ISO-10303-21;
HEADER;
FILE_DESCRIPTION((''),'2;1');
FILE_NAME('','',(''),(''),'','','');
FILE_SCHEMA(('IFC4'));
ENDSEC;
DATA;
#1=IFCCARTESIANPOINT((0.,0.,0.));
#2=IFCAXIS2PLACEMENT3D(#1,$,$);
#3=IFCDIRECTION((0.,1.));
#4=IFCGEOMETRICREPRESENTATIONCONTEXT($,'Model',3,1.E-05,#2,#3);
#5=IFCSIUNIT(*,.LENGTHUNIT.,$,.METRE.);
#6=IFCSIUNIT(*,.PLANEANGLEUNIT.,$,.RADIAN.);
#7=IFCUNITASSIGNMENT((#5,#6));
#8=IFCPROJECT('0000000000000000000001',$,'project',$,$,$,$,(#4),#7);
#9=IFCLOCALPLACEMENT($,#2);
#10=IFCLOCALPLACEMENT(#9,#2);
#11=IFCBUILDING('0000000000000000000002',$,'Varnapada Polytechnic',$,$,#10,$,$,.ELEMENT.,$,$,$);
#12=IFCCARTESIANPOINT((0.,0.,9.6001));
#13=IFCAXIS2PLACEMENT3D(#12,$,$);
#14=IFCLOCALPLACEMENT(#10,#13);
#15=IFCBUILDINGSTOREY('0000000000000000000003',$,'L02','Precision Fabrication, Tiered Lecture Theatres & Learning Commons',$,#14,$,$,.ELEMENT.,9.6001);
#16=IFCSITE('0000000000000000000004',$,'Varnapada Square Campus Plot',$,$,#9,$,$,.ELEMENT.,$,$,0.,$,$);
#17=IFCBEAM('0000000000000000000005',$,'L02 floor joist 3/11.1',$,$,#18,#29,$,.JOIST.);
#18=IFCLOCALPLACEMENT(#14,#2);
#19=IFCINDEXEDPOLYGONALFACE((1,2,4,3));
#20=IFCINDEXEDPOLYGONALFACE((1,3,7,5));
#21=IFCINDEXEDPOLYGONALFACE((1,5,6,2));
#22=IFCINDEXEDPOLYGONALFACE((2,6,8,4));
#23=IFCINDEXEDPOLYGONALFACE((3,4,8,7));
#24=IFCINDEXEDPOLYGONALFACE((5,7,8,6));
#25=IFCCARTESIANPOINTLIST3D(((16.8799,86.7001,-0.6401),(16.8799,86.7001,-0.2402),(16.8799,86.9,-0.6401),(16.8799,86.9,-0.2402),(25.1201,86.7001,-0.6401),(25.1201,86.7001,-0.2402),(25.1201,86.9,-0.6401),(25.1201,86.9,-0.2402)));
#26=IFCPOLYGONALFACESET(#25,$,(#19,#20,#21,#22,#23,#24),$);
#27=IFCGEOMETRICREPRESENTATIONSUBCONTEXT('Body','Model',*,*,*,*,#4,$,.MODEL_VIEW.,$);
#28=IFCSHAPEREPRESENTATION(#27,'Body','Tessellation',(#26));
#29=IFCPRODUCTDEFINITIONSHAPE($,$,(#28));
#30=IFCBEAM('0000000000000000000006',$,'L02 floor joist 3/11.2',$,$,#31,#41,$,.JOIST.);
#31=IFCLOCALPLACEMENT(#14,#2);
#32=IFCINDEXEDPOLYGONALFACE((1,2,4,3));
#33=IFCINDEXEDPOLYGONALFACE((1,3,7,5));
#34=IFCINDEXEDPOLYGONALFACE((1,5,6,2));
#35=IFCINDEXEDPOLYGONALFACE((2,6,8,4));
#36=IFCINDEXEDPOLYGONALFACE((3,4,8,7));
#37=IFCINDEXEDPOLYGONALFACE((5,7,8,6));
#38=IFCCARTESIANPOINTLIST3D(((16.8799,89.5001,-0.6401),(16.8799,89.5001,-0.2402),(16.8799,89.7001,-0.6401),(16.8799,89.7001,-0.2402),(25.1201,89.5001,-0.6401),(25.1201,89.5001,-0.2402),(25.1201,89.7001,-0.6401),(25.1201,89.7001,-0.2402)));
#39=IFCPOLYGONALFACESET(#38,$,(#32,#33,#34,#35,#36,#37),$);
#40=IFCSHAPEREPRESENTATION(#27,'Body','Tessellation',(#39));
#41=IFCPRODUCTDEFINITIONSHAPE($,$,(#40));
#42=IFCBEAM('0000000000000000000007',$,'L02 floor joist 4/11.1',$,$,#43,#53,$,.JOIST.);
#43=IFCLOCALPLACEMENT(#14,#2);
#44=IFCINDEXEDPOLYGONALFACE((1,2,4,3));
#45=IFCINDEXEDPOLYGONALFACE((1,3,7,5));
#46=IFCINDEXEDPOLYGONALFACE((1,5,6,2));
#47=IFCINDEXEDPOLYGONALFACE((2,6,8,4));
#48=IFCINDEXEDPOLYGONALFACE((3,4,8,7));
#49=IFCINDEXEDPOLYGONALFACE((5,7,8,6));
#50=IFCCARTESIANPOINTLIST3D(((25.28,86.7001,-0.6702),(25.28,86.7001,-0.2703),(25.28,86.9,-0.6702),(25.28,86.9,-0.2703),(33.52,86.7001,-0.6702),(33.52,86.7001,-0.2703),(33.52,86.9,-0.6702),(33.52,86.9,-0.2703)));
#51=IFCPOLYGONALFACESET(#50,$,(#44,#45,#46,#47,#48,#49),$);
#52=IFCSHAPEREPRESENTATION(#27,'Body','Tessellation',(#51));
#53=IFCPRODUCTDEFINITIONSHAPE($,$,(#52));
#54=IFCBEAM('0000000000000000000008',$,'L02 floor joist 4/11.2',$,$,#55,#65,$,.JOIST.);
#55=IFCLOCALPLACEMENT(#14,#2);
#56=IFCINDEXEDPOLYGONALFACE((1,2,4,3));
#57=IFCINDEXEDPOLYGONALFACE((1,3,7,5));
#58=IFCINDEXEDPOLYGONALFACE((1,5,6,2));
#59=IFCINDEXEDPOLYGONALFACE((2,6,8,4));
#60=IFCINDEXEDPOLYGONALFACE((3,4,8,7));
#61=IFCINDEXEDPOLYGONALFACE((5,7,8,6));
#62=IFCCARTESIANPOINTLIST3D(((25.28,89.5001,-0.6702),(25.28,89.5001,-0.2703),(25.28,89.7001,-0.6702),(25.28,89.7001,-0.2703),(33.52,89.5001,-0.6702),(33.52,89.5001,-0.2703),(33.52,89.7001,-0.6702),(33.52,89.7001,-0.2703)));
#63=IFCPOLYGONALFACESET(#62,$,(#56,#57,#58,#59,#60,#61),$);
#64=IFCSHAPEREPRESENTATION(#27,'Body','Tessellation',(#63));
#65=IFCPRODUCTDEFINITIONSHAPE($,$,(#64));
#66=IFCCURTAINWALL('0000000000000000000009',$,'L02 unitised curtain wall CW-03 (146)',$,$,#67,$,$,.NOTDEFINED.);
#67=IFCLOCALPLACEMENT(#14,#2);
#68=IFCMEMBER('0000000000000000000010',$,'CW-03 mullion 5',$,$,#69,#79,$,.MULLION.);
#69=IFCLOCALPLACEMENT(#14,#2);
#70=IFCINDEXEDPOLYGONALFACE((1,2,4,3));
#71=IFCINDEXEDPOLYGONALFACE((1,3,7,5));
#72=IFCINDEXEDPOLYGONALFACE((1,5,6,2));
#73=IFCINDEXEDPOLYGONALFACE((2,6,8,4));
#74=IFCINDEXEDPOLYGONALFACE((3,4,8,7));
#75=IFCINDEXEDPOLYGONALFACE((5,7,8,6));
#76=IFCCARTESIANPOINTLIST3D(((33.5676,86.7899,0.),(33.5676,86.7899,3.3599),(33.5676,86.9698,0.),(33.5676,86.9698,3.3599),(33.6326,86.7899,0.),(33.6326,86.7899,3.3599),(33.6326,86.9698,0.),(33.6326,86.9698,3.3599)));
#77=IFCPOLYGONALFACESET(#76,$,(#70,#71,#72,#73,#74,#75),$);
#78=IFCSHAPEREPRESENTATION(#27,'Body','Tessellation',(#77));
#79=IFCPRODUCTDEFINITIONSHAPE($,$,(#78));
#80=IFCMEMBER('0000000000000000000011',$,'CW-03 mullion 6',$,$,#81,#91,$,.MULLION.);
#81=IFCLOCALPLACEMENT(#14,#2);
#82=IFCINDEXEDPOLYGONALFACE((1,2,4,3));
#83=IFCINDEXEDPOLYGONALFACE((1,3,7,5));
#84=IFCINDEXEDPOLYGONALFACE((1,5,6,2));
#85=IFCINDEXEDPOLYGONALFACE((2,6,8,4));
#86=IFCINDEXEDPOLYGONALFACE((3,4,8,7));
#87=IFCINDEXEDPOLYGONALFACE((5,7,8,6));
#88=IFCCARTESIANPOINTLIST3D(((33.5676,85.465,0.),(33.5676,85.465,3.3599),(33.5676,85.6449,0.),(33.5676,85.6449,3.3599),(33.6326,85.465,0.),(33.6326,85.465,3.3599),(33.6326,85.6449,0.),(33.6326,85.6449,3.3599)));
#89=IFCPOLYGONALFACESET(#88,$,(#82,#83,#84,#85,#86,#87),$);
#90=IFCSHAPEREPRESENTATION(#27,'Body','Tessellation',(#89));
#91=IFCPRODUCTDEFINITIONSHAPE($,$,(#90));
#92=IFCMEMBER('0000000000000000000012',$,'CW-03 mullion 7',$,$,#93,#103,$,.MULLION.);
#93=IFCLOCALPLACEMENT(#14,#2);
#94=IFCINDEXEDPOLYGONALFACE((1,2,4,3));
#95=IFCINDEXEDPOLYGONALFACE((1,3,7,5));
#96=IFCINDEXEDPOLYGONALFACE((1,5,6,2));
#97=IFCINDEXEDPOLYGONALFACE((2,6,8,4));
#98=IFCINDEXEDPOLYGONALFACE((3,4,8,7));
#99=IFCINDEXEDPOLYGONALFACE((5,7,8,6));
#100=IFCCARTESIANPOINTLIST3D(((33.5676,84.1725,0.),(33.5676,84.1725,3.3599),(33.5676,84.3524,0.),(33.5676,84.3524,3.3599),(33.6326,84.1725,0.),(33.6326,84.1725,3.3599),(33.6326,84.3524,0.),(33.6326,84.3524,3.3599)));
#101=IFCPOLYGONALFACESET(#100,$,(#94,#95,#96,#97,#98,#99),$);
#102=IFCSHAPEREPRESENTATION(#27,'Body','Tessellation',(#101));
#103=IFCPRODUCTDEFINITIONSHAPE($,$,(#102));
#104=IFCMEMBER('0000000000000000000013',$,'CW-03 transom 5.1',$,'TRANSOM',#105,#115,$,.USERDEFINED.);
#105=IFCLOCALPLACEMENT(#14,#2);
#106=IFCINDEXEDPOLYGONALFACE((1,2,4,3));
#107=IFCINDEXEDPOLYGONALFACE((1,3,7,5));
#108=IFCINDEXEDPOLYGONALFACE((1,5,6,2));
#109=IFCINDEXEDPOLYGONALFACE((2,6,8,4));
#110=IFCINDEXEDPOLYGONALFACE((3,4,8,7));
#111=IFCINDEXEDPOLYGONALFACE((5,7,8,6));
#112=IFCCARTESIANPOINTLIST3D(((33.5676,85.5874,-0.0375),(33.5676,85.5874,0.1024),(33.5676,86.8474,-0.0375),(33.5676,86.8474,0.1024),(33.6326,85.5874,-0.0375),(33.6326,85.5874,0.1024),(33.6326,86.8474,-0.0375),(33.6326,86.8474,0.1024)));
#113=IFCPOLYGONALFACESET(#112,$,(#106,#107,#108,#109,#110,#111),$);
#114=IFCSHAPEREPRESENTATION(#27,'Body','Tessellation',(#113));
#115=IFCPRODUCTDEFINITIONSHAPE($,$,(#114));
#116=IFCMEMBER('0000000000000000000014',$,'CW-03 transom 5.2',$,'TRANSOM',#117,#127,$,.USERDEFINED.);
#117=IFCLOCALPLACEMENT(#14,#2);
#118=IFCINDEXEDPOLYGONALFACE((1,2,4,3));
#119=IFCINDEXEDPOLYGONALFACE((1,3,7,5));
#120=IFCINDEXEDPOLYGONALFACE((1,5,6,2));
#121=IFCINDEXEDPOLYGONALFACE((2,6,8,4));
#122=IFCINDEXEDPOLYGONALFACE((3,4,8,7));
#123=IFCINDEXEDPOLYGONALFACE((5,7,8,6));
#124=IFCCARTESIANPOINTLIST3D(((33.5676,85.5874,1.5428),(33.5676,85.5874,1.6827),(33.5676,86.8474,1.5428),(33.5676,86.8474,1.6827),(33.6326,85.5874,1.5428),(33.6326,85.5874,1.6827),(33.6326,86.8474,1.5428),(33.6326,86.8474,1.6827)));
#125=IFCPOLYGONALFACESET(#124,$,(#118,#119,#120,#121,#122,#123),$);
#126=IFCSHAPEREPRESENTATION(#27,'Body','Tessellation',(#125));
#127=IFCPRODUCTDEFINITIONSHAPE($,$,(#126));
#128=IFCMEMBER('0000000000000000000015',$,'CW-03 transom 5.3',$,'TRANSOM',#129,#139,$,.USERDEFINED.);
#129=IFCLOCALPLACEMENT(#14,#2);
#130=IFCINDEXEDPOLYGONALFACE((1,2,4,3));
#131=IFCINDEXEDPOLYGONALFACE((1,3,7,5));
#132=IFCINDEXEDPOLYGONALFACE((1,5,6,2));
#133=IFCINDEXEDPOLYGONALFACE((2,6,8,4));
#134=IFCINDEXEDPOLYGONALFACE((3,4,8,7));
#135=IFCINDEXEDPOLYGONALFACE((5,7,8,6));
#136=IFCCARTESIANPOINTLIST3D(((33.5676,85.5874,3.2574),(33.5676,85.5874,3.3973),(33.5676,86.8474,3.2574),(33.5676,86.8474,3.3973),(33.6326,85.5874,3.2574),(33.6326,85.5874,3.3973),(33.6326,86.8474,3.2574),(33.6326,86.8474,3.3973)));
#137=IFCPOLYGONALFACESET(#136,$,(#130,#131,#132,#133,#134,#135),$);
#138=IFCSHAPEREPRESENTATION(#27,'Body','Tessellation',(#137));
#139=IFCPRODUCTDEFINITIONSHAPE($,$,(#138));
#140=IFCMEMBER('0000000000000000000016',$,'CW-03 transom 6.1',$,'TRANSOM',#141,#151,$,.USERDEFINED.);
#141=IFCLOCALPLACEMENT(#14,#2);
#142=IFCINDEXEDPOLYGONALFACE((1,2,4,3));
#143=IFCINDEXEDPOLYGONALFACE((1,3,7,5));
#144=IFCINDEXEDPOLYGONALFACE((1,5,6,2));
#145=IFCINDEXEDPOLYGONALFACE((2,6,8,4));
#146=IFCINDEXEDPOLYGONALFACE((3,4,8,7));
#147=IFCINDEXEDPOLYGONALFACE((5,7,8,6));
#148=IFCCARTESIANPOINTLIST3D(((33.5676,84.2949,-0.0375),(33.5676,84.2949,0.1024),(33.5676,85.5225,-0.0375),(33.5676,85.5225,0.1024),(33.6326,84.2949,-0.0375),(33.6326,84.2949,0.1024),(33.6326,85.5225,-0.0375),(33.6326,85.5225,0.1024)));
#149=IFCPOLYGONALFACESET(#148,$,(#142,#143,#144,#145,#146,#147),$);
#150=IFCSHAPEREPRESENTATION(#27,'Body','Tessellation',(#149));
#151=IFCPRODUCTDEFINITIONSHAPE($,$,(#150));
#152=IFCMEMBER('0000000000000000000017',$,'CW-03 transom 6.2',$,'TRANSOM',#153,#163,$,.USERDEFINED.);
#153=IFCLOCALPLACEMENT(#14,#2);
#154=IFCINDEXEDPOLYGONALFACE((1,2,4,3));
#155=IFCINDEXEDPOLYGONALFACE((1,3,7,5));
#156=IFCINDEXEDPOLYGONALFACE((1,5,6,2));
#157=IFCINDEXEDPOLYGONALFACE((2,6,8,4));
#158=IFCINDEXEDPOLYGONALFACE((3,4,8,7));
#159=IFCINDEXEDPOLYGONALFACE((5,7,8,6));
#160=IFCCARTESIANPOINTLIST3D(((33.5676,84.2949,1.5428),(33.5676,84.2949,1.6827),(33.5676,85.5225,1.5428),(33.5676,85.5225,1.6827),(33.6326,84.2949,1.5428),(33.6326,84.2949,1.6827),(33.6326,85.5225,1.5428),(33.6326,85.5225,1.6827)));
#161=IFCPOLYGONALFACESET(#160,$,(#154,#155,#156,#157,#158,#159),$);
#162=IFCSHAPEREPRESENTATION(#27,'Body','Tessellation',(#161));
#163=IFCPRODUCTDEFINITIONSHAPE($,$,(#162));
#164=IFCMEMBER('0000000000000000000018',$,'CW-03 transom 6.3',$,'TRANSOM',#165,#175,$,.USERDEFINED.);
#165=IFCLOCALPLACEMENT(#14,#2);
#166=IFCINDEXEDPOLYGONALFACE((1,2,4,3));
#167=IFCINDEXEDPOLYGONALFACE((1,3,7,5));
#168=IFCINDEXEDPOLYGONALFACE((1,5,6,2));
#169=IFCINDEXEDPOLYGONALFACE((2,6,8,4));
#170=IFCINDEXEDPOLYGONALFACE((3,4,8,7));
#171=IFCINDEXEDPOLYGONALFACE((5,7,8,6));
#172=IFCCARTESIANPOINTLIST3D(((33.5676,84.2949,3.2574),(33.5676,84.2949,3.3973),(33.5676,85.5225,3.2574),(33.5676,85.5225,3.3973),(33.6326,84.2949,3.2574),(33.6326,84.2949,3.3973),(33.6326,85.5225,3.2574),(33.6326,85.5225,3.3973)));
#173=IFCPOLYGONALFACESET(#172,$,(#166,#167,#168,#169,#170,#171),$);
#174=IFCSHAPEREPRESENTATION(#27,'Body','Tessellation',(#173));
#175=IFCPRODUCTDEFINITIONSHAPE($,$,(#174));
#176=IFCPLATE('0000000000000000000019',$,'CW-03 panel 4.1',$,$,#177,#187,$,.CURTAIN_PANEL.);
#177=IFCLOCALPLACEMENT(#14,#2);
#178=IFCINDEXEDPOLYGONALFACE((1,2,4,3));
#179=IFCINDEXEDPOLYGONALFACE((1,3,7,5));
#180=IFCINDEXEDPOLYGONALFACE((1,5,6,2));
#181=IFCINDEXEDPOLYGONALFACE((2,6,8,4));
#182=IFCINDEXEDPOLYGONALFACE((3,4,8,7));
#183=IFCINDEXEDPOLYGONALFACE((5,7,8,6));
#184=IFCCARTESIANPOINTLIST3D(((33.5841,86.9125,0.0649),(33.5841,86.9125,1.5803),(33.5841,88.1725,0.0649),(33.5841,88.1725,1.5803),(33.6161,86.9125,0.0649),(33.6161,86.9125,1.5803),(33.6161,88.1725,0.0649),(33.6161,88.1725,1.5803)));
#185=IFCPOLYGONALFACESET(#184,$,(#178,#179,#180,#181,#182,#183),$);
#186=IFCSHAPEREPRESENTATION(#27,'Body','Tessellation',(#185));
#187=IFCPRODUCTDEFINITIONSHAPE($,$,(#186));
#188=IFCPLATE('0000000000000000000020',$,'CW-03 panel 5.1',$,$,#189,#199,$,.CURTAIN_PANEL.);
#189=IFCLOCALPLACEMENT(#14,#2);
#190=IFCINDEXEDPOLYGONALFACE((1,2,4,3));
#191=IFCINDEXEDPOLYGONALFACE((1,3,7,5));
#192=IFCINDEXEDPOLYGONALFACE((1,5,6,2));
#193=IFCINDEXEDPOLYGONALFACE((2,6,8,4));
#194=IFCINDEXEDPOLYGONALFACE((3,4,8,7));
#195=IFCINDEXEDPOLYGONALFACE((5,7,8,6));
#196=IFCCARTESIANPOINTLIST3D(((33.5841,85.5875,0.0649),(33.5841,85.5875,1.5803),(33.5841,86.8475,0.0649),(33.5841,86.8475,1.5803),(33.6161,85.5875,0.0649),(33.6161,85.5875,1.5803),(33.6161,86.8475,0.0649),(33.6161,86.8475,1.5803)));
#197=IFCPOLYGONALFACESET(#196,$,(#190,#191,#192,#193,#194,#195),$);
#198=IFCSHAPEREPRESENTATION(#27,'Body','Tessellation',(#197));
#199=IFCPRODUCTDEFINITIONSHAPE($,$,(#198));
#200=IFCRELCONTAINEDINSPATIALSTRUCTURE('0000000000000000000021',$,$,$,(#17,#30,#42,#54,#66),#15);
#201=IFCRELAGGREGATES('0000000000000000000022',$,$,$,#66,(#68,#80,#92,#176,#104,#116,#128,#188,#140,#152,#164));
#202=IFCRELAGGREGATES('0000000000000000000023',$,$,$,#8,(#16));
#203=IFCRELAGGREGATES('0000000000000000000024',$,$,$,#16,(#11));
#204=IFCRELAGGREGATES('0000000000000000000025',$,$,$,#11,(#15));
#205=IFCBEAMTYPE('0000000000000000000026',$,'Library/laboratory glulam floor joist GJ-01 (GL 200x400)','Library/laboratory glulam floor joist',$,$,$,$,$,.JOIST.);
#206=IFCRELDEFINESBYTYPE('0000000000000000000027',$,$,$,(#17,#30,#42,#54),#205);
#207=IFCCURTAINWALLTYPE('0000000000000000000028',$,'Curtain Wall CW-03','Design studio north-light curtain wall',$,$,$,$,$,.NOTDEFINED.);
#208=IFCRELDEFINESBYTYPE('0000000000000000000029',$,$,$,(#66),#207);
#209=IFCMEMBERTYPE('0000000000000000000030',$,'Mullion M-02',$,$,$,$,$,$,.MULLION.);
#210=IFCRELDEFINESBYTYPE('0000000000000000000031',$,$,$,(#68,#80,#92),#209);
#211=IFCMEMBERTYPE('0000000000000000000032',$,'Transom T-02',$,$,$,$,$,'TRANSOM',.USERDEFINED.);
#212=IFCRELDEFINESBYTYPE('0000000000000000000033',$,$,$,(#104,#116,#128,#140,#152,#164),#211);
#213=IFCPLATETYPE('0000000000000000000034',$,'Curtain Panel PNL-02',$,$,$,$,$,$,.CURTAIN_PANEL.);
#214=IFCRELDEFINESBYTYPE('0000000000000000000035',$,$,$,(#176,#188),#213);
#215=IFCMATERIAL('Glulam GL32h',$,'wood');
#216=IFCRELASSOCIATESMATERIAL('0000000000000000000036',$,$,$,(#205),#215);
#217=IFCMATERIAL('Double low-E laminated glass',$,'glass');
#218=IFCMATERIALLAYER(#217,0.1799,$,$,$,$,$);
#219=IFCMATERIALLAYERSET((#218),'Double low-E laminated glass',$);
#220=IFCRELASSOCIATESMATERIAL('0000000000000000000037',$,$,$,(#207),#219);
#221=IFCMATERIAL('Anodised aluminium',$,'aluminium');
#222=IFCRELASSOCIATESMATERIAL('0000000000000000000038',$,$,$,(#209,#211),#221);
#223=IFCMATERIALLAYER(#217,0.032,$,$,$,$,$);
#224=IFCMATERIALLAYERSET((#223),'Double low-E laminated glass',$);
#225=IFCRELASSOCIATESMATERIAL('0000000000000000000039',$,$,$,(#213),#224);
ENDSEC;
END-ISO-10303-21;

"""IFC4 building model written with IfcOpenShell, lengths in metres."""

from ifc_helpers import new_model, si_unit, direction, frame, origin, origin_2d, place, context, subcontext, project, spatial, rectangle, extrude, material, layer, layer_set, material_profile, profile_set, type_object, element, aggregate, save


model = new_model("IFC4")

# Units and contexts
model_context = context("Model", 3, precision=1e-05, world=origin(), true_north=direction((0.0, 1.0)))
body_context = subcontext(model_context, "Body", "Model", "MODEL_VIEW")
ifc_project = project(units=[si_unit("LENGTHUNIT", "METRE"), si_unit("PLANEANGLEUNIT", "RADIAN")], contexts=[model_context])

# Site, building, storey
site_placement = place(None, origin())
site = spatial("IfcSite", under=ifc_project, at=site_placement, Name="Varnapada Square Campus Plot", CompositionType="ELEMENT", RefElevation=0.0)
building_placement = place(site_placement, origin())
building = spatial("IfcBuilding", under=site, at=building_placement, Name="Varnapada Polytechnic", CompositionType="ELEMENT")
storey_placement = place(building_placement, frame((0.0, 0.0, 9.6001)))
storey = spatial("IfcBuildingStorey", under=building, at=storey_placement, Name="L02", Description="Precision Fabrication, Tiered Lecture Theatres & Learning Commons", CompositionType="ELEMENT", Elevation=9.6001)

# Beams
ifc_material_1 = material(Name="Glulam GL32h", Category="wood")
ifc_material_profile_1 = material_profile(ifc_material_1, rectangle(XDim=0.2, YDim=0.3999, at=origin_2d()), Name="GL 200x400")
ifc_profile_set_1 = profile_set([ifc_material_profile_1], Name="Glulam GL32h")
beam_type = type_object("IfcBeamType", Name="Library/laboratory glulam floor joist GJ-01 (GL 200x400)", Description="Library/laboratory glulam floor joist", PredefinedType="JOIST", material=ifc_profile_set_1)
for number, where, z_axis, x_axis, name in (
    (1, (16.8799, 86.8, -0.4402), (1.0, 0.0, 0.0), (0.0, 1.0, 0.0), "L02 floor joist 3/11.1"),
    (2, (16.8799, 89.6001, -0.4402), (1.0, 0.0, 0.0), (0.0, 1.0, 0.0), "L02 floor joist 3/11.2"),
):
    element("IfcBeam", number, at=place(storey_placement, frame(where, z_axis=z_axis, x_axis=x_axis)), inside=storey, type_object=beam_type, Name=name, PredefinedType="JOIST", context=body_context, shape_type="SweptSolid", body=[
        extrude(rectangle(XDim=0.2, YDim=0.3999, at=origin_2d()), origin(), (0.0, 0.0, 1.0), 8.2402),
    ])
for number, where, z_axis, x_axis, name in (
    (3, (25.28, 86.8, -0.4702), (1.0, 0.0, 0.0), (0.0, 1.0, 0.0), "L02 floor joist 4/11.1"),
    (4, (25.28, 89.6001, -0.4702), (1.0, 0.0, 0.0), (0.0, 1.0, 0.0), "L02 floor joist 4/11.2"),
):
    element("IfcBeam", number, at=place(storey_placement, frame(where, z_axis=z_axis, x_axis=x_axis)), inside=storey, type_object=beam_type, Name=name, PredefinedType="JOIST", context=body_context, shape_type="SweptSolid", body=[
        extrude(rectangle(XDim=0.2, YDim=0.3999, at=origin_2d()), origin(), (0.0, 0.0, 1.0), 8.24),
    ])

# Curtain wall, members, plates
ifc_material_2 = material(Name="Double low-E laminated glass", Category="glass")
ifc_layer_1 = layer(ifc_material_2, 0.1799)
ifc_layer_set_1 = layer_set([ifc_layer_1], Name="Double low-E laminated glass")
curtain_wall_type = type_object("IfcCurtainWallType", Name="Curtain Wall CW-03", Description="Design studio north-light curtain wall", PredefinedType="NOTDEFINED", material=ifc_layer_set_1)
curtain_wall_placement = place(storey_placement, origin())
curtain_wall = element("IfcCurtainWall", 5, at=curtain_wall_placement, inside=storey, type_object=curtain_wall_type, Name="L02 unitised curtain wall CW-03 (146)", PredefinedType="NOTDEFINED")
ifc_material_3 = material(Name="Anodised aluminium", Category="aluminium")
ifc_material_profile_2 = material_profile(ifc_material_3, rectangle(XDim=0.0649, YDim=0.1799, at=origin_2d()), Name="ALU M65x180")
ifc_profile_set_2 = profile_set([ifc_material_profile_2], Name="Anodised aluminium")
member_type_1 = type_object("IfcMemberType", Name="Mullion M-02", PredefinedType="MULLION", material=ifc_profile_set_2)
member_1_placement = place(storey_placement, frame((33.6001, 86.8799, 0.0), z_axis=(0.0, 0.0, 1.0), x_axis=(1.0, 0.0, 0.0)))
member_1 = element("IfcMember", 6, at=member_1_placement, type_object=member_type_1, Name="CW-03 mullion 5", PredefinedType="MULLION", context=body_context, shape_type="SweptSolid", body=[
    extrude(rectangle(XDim=0.0649, YDim=0.1799, at=origin_2d()), origin(), (0.0, 0.0, 1.0), 3.3599),
])
member_2_placement = place(storey_placement, frame((33.6001, 85.5549, 0.0), z_axis=(0.0, 0.0, 1.0), x_axis=(1.0, 0.0, 0.0)))
member_2 = element("IfcMember", 7, at=member_2_placement, type_object=member_type_1, Name="CW-03 mullion 6", PredefinedType="MULLION", context=body_context, shape_type="SweptSolid", body=[
    extrude(rectangle(XDim=0.0649, YDim=0.1799, at=origin_2d()), origin(), (0.0, 0.0, 1.0), 3.3599),
])
member_3_placement = place(storey_placement, frame((33.6001, 84.2625, 0.0), z_axis=(0.0, 0.0, 1.0), x_axis=(1.0, 0.0, 0.0)))
member_3 = element("IfcMember", 8, at=member_3_placement, type_object=member_type_1, Name="CW-03 mullion 7", PredefinedType="MULLION", context=body_context, shape_type="SweptSolid", body=[
    extrude(rectangle(XDim=0.0649, YDim=0.1799, at=origin_2d()), origin(), (0.0, 0.0, 1.0), 3.3599),
])
ifc_material_profile_3 = material_profile(ifc_material_3, rectangle(XDim=0.0649, YDim=0.1399, at=origin_2d()), Name="ALU T65x140")
ifc_profile_set_3 = profile_set([ifc_material_profile_3], Name="Anodised aluminium")
member_type_2 = type_object("IfcMemberType", Name="Transom T-02", ElementType="TRANSOM", PredefinedType="USERDEFINED", material=ifc_profile_set_3)
member_4_placement = place(storey_placement, frame((33.6001, 86.8474, 0.0325), z_axis=(0.0, -1.0, 0.0), x_axis=(1.0, 0.0, 0.0)))
member_4 = element("IfcMember", 9, at=member_4_placement, type_object=member_type_2, Name="CW-03 transom 5.1", ObjectType="TRANSOM", PredefinedType="USERDEFINED", context=body_context, shape_type="SweptSolid", body=[
    extrude(rectangle(XDim=0.0649, YDim=0.1399, at=origin_2d()), origin(), (0.0, 0.0, 1.0), 1.26),
])
member_5_placement = place(storey_placement, frame((33.6001, 86.8474, 1.6128), z_axis=(0.0, -1.0, 0.0), x_axis=(1.0, 0.0, 0.0)))
member_5 = element("IfcMember", 10, at=member_5_placement, type_object=member_type_2, Name="CW-03 transom 5.2", ObjectType="TRANSOM", PredefinedType="USERDEFINED", context=body_context, shape_type="SweptSolid", body=[
    extrude(rectangle(XDim=0.0649, YDim=0.1399, at=origin_2d()), origin(), (0.0, 0.0, 1.0), 1.26),
])
member_6_placement = place(storey_placement, frame((33.6001, 86.8474, 3.3274), z_axis=(0.0, -1.0, 0.0), x_axis=(1.0, 0.0, 0.0)))
member_6 = element("IfcMember", 11, at=member_6_placement, type_object=member_type_2, Name="CW-03 transom 5.3", ObjectType="TRANSOM", PredefinedType="USERDEFINED", context=body_context, shape_type="SweptSolid", body=[
    extrude(rectangle(XDim=0.0649, YDim=0.1399, at=origin_2d()), origin(), (0.0, 0.0, 1.0), 1.26),
])
member_7_placement = place(storey_placement, frame((33.6001, 85.5225, 0.0325), z_axis=(0.0, -1.0, 0.0), x_axis=(1.0, 0.0, 0.0)))
member_7 = element("IfcMember", 12, at=member_7_placement, type_object=member_type_2, Name="CW-03 transom 6.1", ObjectType="TRANSOM", PredefinedType="USERDEFINED", context=body_context, shape_type="SweptSolid", body=[
    extrude(rectangle(XDim=0.0649, YDim=0.1399, at=origin_2d()), origin(), (0.0, 0.0, 1.0), 1.2275),
])
member_8_placement = place(storey_placement, frame((33.6001, 85.5225, 1.6128), z_axis=(0.0, -1.0, 0.0), x_axis=(1.0, 0.0, 0.0)))
member_8 = element("IfcMember", 13, at=member_8_placement, type_object=member_type_2, Name="CW-03 transom 6.2", ObjectType="TRANSOM", PredefinedType="USERDEFINED", context=body_context, shape_type="SweptSolid", body=[
    extrude(rectangle(XDim=0.0649, YDim=0.1399, at=origin_2d()), origin(), (0.0, 0.0, 1.0), 1.2275),
])
member_9_placement = place(storey_placement, frame((33.6001, 85.5225, 3.3274), z_axis=(0.0, -1.0, 0.0), x_axis=(1.0, 0.0, 0.0)))
member_9 = element("IfcMember", 14, at=member_9_placement, type_object=member_type_2, Name="CW-03 transom 6.3", ObjectType="TRANSOM", PredefinedType="USERDEFINED", context=body_context, shape_type="SweptSolid", body=[
    extrude(rectangle(XDim=0.0649, YDim=0.1399, at=origin_2d()), origin(), (0.0, 0.0, 1.0), 1.2275),
])
ifc_layer_2 = layer(ifc_material_2, 0.032)
ifc_layer_set_2 = layer_set([ifc_layer_2], Name="Double low-E laminated glass")
plate_type = type_object("IfcPlateType", Name="Curtain Panel PNL-02", PredefinedType="CURTAIN_PANEL", material=ifc_layer_set_2)
plate_1_placement = place(storey_placement, frame((33.6001, 87.5425, 0.0649), z_axis=(0.0, 0.0, 1.0), x_axis=(0.0, -1.0, 0.0)))
plate_1 = element("IfcPlate", 15, at=plate_1_placement, type_object=plate_type, Name="CW-03 panel 4.1", PredefinedType="CURTAIN_PANEL", context=body_context, shape_type="SweptSolid", body=[
    extrude(rectangle(XDim=1.26, YDim=0.032, at=origin_2d()), origin(), (0.0, 0.0, 1.0), 1.5154),
])
plate_2_placement = place(storey_placement, frame((33.6001, 86.2175, 0.0649), z_axis=(0.0, 0.0, 1.0), x_axis=(0.0, -1.0, 0.0)))
plate_2 = element("IfcPlate", 16, at=plate_2_placement, type_object=plate_type, Name="CW-03 panel 5.1", PredefinedType="CURTAIN_PANEL", context=body_context, shape_type="SweptSolid", body=[
    extrude(rectangle(XDim=1.26, YDim=0.032, at=origin_2d()), origin(), (0.0, 0.0, 1.0), 1.5154),
])
aggregate(curtain_wall, [member_1, member_2, member_3, plate_1, member_4, member_5, member_6, plate_2, member_7, member_8, member_9])

save(model, "model.ifc")
